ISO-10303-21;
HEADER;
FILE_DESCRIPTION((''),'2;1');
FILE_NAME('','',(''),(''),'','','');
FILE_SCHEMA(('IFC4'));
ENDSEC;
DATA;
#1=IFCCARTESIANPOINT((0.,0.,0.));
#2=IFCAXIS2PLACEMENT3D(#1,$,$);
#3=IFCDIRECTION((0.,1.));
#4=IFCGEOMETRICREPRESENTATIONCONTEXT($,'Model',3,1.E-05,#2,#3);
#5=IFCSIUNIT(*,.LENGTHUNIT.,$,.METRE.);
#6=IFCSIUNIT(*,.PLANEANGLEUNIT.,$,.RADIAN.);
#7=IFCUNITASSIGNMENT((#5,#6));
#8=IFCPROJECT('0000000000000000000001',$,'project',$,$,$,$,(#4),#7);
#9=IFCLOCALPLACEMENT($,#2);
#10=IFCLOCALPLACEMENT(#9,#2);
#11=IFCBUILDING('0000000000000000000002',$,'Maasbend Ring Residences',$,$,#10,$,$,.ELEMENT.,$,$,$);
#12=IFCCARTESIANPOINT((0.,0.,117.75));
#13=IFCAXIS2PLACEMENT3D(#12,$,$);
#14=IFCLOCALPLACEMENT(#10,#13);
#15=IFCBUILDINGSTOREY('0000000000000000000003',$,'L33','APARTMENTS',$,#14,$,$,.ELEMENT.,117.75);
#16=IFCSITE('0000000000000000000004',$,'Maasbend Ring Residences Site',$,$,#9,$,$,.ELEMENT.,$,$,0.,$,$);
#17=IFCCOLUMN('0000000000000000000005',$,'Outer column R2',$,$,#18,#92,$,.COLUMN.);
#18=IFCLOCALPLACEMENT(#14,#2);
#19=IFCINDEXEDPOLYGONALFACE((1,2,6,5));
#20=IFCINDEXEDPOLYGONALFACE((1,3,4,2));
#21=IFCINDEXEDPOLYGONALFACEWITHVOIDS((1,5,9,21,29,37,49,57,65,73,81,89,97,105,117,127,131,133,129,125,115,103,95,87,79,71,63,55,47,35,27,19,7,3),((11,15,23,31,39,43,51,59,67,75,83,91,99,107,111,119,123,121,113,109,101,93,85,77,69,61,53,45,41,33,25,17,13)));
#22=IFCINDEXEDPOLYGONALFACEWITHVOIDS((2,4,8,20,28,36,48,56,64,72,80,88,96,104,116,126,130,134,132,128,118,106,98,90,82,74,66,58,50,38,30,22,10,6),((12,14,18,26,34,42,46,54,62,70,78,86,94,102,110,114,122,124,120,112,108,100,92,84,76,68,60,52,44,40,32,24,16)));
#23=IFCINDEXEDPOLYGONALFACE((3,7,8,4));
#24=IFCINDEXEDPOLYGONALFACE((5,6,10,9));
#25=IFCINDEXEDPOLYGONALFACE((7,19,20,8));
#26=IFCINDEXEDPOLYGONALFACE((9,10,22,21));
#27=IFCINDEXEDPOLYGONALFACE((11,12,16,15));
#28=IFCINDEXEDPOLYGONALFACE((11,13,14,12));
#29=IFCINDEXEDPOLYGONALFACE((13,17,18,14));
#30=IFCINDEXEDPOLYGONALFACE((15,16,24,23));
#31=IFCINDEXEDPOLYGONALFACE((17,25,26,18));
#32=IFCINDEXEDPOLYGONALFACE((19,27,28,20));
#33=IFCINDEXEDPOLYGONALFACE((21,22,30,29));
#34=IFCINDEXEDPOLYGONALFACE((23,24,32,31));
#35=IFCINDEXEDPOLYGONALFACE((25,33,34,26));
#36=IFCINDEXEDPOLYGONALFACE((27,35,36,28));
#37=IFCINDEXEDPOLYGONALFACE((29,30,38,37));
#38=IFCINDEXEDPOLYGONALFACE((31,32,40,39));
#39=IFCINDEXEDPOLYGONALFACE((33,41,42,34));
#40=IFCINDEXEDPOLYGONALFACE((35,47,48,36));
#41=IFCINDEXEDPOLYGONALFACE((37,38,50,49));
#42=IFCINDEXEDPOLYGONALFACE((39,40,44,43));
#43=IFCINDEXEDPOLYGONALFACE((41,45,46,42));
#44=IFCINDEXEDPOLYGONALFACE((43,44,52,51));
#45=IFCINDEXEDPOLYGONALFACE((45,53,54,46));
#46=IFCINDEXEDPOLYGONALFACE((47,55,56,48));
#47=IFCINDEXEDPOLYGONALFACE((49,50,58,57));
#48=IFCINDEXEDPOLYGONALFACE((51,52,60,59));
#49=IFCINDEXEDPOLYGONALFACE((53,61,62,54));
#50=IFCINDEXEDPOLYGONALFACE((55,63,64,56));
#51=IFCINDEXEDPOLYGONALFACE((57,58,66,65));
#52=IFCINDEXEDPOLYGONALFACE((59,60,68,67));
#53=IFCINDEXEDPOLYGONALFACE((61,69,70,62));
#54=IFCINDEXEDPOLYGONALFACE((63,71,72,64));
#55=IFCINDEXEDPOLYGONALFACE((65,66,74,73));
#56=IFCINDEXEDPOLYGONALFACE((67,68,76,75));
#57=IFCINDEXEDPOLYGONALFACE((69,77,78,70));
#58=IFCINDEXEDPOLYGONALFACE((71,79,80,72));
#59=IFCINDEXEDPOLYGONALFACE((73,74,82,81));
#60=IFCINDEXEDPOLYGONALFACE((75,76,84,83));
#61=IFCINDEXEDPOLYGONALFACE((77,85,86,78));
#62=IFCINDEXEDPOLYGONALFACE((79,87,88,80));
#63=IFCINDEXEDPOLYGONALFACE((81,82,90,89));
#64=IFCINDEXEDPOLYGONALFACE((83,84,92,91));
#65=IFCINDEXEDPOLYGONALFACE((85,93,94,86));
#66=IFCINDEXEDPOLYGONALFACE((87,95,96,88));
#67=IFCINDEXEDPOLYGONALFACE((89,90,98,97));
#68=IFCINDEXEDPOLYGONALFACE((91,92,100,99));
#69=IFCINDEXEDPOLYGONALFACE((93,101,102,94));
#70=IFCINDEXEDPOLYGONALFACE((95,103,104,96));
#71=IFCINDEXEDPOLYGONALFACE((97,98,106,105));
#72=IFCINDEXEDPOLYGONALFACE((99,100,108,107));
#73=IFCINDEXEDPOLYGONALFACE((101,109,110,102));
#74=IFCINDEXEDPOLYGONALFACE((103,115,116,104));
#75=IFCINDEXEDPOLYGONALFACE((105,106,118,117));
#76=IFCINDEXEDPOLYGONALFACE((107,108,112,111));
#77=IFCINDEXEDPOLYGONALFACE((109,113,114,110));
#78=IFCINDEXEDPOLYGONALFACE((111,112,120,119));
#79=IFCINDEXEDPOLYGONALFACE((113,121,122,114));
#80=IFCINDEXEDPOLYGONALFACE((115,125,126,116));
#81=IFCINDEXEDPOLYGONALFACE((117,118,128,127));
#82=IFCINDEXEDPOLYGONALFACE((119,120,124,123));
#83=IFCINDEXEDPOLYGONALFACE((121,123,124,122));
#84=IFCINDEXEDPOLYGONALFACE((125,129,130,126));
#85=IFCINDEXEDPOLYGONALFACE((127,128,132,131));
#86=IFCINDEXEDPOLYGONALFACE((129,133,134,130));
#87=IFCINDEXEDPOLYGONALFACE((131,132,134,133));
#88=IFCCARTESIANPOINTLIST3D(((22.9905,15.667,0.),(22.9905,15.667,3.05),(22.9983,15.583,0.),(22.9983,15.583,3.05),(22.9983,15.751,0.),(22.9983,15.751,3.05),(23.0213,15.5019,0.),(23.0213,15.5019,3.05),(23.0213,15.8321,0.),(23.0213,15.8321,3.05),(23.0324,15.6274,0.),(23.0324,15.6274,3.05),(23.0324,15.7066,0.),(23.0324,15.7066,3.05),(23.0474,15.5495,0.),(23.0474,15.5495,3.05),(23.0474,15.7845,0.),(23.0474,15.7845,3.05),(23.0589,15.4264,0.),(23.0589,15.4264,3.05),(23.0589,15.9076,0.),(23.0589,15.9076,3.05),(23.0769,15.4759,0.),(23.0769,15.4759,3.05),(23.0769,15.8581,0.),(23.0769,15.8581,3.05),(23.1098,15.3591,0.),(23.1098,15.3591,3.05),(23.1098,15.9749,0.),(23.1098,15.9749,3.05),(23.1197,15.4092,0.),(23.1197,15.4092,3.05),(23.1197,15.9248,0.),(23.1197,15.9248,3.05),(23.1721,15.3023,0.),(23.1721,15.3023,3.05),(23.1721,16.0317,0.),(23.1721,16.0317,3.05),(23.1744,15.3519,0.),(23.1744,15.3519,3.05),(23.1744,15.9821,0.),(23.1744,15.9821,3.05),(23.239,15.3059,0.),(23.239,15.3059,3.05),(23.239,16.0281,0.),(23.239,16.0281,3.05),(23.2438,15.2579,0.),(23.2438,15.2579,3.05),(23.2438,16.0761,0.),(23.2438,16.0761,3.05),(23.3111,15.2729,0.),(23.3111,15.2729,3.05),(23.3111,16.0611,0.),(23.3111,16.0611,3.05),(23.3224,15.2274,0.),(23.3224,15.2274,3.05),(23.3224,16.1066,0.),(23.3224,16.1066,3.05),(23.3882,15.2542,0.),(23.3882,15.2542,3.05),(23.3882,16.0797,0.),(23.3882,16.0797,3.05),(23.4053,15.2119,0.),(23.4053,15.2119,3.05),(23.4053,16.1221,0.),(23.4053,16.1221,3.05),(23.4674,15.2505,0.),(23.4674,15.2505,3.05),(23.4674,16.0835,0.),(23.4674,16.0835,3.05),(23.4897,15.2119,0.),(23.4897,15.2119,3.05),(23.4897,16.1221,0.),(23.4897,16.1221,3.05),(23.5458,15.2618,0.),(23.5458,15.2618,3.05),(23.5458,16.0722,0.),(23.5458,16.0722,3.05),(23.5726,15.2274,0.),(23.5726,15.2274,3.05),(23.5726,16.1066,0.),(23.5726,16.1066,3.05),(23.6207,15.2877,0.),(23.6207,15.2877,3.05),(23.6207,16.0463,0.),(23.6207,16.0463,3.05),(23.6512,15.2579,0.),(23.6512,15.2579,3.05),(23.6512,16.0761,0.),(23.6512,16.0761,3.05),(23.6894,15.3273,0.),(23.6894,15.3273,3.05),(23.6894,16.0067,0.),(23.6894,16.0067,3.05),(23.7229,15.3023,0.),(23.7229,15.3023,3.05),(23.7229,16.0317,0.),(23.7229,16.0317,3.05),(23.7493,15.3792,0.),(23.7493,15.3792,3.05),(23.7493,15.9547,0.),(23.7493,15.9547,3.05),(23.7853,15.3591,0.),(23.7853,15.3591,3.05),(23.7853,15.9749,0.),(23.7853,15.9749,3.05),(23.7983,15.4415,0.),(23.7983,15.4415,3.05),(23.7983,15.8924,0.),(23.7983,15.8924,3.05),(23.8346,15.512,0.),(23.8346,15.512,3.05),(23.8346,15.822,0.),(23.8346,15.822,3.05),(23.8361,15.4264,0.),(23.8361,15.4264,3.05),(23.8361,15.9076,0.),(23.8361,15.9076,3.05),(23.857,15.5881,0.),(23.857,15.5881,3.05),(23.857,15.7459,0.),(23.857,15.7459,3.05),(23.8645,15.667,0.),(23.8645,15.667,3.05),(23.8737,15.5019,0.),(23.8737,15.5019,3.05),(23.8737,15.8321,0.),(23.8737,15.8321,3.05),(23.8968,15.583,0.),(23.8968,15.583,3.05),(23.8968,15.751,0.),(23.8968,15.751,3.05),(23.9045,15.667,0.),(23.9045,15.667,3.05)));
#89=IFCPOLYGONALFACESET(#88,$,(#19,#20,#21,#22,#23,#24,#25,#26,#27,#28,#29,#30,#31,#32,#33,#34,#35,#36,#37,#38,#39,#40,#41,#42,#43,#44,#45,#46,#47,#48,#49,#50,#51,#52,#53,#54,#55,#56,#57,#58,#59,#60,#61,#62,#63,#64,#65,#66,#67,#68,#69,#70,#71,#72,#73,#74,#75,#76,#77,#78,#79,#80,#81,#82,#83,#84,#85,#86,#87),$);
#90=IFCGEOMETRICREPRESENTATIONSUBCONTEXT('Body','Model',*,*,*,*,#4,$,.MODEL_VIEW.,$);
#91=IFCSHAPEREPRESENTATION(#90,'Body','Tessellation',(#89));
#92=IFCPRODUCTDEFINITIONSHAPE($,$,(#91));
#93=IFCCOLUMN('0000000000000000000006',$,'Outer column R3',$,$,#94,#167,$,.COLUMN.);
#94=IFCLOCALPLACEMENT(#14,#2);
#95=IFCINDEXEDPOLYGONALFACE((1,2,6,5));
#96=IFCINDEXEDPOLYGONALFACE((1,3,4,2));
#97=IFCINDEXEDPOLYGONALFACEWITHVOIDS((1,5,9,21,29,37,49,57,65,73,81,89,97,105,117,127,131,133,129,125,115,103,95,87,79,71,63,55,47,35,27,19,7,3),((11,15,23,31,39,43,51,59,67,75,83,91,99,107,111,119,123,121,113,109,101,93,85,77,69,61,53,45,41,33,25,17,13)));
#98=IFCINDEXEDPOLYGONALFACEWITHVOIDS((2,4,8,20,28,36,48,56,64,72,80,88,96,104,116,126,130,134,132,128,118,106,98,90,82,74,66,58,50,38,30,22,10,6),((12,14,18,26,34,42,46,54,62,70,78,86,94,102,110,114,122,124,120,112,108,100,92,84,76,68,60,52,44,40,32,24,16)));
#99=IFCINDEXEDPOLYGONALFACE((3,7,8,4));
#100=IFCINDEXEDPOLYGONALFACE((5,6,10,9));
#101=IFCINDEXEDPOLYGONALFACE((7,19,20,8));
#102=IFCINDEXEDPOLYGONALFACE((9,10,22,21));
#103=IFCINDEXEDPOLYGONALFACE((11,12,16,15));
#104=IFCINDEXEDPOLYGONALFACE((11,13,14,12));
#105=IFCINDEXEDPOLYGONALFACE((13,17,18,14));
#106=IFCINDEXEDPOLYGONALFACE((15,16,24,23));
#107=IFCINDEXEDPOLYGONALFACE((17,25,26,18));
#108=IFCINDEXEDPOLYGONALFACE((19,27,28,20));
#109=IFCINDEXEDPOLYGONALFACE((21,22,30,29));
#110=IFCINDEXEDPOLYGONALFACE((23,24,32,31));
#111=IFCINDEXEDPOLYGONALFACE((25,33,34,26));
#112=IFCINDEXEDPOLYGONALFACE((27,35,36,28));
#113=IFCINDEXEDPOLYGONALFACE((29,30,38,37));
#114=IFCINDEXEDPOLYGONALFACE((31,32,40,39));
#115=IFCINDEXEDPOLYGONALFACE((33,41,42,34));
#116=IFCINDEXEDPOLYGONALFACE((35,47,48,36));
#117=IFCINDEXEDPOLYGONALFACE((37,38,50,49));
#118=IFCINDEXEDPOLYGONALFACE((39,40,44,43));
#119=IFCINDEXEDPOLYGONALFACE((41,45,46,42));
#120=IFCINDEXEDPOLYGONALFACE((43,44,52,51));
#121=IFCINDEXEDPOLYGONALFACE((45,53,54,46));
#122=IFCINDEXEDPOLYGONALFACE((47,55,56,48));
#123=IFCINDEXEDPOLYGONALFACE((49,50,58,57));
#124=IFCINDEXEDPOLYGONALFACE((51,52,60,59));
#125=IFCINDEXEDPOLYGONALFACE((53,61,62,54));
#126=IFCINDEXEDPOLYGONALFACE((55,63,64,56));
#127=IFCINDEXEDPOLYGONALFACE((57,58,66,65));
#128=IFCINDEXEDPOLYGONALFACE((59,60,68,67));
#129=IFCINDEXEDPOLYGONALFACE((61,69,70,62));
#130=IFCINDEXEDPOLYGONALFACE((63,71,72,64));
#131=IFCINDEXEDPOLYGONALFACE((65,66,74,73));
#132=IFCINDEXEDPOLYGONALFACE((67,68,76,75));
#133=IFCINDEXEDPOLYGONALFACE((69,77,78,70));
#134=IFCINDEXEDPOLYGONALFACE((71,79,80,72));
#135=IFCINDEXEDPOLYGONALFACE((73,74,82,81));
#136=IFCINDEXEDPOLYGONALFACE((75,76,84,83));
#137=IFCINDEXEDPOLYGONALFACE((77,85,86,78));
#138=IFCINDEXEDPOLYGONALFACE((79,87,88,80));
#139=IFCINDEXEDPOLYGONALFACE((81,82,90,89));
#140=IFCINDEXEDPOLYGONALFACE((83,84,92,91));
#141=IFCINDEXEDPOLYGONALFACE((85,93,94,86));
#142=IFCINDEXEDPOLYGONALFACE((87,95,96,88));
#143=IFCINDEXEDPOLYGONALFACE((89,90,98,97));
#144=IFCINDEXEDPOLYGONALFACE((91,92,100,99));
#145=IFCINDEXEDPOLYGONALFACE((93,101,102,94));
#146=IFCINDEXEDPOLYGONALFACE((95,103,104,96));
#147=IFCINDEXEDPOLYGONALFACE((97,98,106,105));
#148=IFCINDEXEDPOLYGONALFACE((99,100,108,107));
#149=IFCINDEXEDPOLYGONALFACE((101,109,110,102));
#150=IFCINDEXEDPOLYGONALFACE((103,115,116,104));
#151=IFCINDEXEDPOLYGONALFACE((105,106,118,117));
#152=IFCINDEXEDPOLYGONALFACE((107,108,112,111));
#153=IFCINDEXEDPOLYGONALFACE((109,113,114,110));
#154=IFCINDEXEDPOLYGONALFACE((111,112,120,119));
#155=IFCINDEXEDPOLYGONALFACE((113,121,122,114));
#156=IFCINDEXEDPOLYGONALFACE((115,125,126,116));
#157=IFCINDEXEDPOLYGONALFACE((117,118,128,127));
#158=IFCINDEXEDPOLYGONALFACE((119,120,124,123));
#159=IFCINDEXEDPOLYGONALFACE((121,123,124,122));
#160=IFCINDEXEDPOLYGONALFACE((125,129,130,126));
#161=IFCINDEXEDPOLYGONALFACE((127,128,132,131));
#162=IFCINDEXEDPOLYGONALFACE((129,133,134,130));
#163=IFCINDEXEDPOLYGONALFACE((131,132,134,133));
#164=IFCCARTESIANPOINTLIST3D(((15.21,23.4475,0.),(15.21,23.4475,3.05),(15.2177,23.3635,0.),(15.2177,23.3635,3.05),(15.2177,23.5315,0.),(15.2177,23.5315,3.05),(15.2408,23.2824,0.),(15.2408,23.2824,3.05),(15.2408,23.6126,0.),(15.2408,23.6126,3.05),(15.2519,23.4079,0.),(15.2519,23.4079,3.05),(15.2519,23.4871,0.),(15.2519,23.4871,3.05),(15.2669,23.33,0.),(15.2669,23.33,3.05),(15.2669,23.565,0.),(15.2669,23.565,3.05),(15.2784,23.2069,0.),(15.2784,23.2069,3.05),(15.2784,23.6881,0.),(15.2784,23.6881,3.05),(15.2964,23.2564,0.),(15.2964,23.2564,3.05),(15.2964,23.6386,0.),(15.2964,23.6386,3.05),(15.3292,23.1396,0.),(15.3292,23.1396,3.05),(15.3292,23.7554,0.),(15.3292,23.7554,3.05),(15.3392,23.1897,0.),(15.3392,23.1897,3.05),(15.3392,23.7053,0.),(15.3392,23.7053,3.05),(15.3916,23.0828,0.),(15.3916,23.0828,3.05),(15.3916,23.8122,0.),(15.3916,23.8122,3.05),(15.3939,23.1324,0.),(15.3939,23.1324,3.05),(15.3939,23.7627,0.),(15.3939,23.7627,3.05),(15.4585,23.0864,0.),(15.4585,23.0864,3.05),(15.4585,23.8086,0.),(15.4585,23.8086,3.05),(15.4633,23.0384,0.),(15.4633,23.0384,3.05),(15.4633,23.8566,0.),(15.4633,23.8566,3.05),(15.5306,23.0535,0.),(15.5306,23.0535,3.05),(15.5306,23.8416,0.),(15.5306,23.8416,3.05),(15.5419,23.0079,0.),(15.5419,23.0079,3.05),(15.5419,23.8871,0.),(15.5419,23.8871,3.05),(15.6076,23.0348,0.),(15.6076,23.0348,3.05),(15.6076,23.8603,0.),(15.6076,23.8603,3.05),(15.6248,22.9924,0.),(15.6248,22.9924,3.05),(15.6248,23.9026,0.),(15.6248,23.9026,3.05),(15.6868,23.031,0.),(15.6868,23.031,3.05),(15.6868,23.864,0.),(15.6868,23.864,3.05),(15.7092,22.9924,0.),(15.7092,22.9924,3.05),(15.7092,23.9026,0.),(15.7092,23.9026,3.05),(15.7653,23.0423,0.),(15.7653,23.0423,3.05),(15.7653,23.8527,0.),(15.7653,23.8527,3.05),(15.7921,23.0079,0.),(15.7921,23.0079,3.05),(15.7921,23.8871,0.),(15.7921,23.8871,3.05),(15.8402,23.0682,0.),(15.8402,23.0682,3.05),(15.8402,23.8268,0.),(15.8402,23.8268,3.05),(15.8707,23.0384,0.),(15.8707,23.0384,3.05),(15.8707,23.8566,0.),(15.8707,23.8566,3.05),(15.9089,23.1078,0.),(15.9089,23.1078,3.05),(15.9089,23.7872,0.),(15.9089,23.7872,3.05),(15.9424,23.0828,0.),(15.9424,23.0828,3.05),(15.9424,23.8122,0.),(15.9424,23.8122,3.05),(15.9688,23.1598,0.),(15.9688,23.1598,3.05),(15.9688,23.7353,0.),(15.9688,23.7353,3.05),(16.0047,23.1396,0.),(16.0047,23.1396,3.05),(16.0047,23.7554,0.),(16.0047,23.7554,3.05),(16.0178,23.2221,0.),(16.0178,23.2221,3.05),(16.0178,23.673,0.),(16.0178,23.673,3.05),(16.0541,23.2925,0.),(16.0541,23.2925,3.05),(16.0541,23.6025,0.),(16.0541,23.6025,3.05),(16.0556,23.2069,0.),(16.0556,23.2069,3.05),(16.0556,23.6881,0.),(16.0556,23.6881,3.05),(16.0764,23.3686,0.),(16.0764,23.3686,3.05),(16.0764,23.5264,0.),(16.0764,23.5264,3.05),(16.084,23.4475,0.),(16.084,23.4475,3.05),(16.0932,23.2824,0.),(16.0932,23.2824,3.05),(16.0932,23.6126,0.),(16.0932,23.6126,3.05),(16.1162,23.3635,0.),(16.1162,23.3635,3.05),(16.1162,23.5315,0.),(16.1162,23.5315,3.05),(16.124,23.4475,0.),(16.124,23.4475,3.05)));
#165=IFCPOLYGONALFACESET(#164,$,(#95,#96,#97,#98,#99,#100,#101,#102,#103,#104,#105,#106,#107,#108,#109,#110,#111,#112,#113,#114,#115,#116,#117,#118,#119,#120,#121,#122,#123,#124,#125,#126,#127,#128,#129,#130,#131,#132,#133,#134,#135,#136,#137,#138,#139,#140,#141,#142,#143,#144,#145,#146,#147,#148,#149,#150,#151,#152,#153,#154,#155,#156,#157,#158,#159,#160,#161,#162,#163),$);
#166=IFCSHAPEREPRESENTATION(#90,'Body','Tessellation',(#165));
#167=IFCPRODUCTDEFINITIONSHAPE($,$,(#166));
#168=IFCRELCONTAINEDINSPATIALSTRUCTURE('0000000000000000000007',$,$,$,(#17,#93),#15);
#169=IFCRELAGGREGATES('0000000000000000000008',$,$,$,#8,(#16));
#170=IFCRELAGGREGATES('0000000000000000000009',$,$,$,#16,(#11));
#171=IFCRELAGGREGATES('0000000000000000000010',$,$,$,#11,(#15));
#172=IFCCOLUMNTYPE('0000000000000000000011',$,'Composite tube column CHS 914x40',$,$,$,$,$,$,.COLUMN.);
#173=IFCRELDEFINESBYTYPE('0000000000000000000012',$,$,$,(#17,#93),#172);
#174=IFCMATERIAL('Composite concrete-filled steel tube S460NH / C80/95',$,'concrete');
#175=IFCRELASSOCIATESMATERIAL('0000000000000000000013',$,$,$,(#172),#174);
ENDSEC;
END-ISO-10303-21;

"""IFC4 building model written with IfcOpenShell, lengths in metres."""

from ifc_helpers import new_model, si_unit, direction, frame, origin, origin_2d, place, context, subcontext, project, spatial, hollow_circle, extrude, material, material_profile, profile_set, type_object, element, save


model = new_model("IFC4")

# Units and contexts
model_context = context("Model", 3, precision=1e-05, world=origin(), true_north=direction((0.0, 1.0)))
body_context = subcontext(model_context, "Body", "Model", "MODEL_VIEW")
ifc_project = project(units=[si_unit("LENGTHUNIT", "METRE"), si_unit("PLANEANGLEUNIT", "RADIAN")], contexts=[model_context])

# Site, building, storey
site_placement = place(None, origin())
site = spatial("IfcSite", under=ifc_project, at=site_placement, Name="Maasbend Ring Residences Site", CompositionType="ELEMENT", RefElevation=0.0)
building_placement = place(site_placement, origin())
building = spatial("IfcBuilding", under=site, at=building_placement, Name="Maasbend Ring Residences", CompositionType="ELEMENT")
storey_placement = place(building_placement, frame((0.0, 0.0, 117.75)))
storey = spatial("IfcBuildingStorey", under=building, at=storey_placement, Name="L33", Description="APARTMENTS", CompositionType="ELEMENT", Elevation=117.75)

# Columns
ifc_material_1 = material(Name="Composite concrete-filled steel tube S460NH / C80/95", Category="concrete")
ifc_material_profile_1 = material_profile(ifc_material_1, hollow_circle(Radius=0.457, WallThickness=0.04, at=origin_2d()), Name="Composite tube column CHS 914x40")
ifc_profile_set_1 = profile_set([ifc_material_profile_1], Name="Composite concrete-filled steel tube S460NH / C80/95")
column_type = type_object("IfcColumnType", Name="Composite tube column CHS 914x40", PredefinedType="COLUMN", material=ifc_profile_set_1)
for number, where, z_axis, x_axis, name in (
    (1, (23.4475, 15.667, 0.0), (0.0, 0.0, 1.0), (1.0, 0.0, 0.0), "Outer column R2"),
    (2, (15.667, 23.4475, 0.0), (0.0, 0.0, 1.0), (1.0, 0.0, 0.0), "Outer column R3"),
):
    element("IfcColumn", number, at=place(storey_placement, frame(where, z_axis=z_axis, x_axis=x_axis)), inside=storey, type_object=column_type, Name=name, PredefinedType="COLUMN", context=body_context, shape_type="SweptSolid", body=[
        extrude(hollow_circle(Radius=0.457, WallThickness=0.04, at=origin_2d()), origin(), (0.0, 0.0, 1.0), 3.05),
    ])

save(model, "model.ifc")
